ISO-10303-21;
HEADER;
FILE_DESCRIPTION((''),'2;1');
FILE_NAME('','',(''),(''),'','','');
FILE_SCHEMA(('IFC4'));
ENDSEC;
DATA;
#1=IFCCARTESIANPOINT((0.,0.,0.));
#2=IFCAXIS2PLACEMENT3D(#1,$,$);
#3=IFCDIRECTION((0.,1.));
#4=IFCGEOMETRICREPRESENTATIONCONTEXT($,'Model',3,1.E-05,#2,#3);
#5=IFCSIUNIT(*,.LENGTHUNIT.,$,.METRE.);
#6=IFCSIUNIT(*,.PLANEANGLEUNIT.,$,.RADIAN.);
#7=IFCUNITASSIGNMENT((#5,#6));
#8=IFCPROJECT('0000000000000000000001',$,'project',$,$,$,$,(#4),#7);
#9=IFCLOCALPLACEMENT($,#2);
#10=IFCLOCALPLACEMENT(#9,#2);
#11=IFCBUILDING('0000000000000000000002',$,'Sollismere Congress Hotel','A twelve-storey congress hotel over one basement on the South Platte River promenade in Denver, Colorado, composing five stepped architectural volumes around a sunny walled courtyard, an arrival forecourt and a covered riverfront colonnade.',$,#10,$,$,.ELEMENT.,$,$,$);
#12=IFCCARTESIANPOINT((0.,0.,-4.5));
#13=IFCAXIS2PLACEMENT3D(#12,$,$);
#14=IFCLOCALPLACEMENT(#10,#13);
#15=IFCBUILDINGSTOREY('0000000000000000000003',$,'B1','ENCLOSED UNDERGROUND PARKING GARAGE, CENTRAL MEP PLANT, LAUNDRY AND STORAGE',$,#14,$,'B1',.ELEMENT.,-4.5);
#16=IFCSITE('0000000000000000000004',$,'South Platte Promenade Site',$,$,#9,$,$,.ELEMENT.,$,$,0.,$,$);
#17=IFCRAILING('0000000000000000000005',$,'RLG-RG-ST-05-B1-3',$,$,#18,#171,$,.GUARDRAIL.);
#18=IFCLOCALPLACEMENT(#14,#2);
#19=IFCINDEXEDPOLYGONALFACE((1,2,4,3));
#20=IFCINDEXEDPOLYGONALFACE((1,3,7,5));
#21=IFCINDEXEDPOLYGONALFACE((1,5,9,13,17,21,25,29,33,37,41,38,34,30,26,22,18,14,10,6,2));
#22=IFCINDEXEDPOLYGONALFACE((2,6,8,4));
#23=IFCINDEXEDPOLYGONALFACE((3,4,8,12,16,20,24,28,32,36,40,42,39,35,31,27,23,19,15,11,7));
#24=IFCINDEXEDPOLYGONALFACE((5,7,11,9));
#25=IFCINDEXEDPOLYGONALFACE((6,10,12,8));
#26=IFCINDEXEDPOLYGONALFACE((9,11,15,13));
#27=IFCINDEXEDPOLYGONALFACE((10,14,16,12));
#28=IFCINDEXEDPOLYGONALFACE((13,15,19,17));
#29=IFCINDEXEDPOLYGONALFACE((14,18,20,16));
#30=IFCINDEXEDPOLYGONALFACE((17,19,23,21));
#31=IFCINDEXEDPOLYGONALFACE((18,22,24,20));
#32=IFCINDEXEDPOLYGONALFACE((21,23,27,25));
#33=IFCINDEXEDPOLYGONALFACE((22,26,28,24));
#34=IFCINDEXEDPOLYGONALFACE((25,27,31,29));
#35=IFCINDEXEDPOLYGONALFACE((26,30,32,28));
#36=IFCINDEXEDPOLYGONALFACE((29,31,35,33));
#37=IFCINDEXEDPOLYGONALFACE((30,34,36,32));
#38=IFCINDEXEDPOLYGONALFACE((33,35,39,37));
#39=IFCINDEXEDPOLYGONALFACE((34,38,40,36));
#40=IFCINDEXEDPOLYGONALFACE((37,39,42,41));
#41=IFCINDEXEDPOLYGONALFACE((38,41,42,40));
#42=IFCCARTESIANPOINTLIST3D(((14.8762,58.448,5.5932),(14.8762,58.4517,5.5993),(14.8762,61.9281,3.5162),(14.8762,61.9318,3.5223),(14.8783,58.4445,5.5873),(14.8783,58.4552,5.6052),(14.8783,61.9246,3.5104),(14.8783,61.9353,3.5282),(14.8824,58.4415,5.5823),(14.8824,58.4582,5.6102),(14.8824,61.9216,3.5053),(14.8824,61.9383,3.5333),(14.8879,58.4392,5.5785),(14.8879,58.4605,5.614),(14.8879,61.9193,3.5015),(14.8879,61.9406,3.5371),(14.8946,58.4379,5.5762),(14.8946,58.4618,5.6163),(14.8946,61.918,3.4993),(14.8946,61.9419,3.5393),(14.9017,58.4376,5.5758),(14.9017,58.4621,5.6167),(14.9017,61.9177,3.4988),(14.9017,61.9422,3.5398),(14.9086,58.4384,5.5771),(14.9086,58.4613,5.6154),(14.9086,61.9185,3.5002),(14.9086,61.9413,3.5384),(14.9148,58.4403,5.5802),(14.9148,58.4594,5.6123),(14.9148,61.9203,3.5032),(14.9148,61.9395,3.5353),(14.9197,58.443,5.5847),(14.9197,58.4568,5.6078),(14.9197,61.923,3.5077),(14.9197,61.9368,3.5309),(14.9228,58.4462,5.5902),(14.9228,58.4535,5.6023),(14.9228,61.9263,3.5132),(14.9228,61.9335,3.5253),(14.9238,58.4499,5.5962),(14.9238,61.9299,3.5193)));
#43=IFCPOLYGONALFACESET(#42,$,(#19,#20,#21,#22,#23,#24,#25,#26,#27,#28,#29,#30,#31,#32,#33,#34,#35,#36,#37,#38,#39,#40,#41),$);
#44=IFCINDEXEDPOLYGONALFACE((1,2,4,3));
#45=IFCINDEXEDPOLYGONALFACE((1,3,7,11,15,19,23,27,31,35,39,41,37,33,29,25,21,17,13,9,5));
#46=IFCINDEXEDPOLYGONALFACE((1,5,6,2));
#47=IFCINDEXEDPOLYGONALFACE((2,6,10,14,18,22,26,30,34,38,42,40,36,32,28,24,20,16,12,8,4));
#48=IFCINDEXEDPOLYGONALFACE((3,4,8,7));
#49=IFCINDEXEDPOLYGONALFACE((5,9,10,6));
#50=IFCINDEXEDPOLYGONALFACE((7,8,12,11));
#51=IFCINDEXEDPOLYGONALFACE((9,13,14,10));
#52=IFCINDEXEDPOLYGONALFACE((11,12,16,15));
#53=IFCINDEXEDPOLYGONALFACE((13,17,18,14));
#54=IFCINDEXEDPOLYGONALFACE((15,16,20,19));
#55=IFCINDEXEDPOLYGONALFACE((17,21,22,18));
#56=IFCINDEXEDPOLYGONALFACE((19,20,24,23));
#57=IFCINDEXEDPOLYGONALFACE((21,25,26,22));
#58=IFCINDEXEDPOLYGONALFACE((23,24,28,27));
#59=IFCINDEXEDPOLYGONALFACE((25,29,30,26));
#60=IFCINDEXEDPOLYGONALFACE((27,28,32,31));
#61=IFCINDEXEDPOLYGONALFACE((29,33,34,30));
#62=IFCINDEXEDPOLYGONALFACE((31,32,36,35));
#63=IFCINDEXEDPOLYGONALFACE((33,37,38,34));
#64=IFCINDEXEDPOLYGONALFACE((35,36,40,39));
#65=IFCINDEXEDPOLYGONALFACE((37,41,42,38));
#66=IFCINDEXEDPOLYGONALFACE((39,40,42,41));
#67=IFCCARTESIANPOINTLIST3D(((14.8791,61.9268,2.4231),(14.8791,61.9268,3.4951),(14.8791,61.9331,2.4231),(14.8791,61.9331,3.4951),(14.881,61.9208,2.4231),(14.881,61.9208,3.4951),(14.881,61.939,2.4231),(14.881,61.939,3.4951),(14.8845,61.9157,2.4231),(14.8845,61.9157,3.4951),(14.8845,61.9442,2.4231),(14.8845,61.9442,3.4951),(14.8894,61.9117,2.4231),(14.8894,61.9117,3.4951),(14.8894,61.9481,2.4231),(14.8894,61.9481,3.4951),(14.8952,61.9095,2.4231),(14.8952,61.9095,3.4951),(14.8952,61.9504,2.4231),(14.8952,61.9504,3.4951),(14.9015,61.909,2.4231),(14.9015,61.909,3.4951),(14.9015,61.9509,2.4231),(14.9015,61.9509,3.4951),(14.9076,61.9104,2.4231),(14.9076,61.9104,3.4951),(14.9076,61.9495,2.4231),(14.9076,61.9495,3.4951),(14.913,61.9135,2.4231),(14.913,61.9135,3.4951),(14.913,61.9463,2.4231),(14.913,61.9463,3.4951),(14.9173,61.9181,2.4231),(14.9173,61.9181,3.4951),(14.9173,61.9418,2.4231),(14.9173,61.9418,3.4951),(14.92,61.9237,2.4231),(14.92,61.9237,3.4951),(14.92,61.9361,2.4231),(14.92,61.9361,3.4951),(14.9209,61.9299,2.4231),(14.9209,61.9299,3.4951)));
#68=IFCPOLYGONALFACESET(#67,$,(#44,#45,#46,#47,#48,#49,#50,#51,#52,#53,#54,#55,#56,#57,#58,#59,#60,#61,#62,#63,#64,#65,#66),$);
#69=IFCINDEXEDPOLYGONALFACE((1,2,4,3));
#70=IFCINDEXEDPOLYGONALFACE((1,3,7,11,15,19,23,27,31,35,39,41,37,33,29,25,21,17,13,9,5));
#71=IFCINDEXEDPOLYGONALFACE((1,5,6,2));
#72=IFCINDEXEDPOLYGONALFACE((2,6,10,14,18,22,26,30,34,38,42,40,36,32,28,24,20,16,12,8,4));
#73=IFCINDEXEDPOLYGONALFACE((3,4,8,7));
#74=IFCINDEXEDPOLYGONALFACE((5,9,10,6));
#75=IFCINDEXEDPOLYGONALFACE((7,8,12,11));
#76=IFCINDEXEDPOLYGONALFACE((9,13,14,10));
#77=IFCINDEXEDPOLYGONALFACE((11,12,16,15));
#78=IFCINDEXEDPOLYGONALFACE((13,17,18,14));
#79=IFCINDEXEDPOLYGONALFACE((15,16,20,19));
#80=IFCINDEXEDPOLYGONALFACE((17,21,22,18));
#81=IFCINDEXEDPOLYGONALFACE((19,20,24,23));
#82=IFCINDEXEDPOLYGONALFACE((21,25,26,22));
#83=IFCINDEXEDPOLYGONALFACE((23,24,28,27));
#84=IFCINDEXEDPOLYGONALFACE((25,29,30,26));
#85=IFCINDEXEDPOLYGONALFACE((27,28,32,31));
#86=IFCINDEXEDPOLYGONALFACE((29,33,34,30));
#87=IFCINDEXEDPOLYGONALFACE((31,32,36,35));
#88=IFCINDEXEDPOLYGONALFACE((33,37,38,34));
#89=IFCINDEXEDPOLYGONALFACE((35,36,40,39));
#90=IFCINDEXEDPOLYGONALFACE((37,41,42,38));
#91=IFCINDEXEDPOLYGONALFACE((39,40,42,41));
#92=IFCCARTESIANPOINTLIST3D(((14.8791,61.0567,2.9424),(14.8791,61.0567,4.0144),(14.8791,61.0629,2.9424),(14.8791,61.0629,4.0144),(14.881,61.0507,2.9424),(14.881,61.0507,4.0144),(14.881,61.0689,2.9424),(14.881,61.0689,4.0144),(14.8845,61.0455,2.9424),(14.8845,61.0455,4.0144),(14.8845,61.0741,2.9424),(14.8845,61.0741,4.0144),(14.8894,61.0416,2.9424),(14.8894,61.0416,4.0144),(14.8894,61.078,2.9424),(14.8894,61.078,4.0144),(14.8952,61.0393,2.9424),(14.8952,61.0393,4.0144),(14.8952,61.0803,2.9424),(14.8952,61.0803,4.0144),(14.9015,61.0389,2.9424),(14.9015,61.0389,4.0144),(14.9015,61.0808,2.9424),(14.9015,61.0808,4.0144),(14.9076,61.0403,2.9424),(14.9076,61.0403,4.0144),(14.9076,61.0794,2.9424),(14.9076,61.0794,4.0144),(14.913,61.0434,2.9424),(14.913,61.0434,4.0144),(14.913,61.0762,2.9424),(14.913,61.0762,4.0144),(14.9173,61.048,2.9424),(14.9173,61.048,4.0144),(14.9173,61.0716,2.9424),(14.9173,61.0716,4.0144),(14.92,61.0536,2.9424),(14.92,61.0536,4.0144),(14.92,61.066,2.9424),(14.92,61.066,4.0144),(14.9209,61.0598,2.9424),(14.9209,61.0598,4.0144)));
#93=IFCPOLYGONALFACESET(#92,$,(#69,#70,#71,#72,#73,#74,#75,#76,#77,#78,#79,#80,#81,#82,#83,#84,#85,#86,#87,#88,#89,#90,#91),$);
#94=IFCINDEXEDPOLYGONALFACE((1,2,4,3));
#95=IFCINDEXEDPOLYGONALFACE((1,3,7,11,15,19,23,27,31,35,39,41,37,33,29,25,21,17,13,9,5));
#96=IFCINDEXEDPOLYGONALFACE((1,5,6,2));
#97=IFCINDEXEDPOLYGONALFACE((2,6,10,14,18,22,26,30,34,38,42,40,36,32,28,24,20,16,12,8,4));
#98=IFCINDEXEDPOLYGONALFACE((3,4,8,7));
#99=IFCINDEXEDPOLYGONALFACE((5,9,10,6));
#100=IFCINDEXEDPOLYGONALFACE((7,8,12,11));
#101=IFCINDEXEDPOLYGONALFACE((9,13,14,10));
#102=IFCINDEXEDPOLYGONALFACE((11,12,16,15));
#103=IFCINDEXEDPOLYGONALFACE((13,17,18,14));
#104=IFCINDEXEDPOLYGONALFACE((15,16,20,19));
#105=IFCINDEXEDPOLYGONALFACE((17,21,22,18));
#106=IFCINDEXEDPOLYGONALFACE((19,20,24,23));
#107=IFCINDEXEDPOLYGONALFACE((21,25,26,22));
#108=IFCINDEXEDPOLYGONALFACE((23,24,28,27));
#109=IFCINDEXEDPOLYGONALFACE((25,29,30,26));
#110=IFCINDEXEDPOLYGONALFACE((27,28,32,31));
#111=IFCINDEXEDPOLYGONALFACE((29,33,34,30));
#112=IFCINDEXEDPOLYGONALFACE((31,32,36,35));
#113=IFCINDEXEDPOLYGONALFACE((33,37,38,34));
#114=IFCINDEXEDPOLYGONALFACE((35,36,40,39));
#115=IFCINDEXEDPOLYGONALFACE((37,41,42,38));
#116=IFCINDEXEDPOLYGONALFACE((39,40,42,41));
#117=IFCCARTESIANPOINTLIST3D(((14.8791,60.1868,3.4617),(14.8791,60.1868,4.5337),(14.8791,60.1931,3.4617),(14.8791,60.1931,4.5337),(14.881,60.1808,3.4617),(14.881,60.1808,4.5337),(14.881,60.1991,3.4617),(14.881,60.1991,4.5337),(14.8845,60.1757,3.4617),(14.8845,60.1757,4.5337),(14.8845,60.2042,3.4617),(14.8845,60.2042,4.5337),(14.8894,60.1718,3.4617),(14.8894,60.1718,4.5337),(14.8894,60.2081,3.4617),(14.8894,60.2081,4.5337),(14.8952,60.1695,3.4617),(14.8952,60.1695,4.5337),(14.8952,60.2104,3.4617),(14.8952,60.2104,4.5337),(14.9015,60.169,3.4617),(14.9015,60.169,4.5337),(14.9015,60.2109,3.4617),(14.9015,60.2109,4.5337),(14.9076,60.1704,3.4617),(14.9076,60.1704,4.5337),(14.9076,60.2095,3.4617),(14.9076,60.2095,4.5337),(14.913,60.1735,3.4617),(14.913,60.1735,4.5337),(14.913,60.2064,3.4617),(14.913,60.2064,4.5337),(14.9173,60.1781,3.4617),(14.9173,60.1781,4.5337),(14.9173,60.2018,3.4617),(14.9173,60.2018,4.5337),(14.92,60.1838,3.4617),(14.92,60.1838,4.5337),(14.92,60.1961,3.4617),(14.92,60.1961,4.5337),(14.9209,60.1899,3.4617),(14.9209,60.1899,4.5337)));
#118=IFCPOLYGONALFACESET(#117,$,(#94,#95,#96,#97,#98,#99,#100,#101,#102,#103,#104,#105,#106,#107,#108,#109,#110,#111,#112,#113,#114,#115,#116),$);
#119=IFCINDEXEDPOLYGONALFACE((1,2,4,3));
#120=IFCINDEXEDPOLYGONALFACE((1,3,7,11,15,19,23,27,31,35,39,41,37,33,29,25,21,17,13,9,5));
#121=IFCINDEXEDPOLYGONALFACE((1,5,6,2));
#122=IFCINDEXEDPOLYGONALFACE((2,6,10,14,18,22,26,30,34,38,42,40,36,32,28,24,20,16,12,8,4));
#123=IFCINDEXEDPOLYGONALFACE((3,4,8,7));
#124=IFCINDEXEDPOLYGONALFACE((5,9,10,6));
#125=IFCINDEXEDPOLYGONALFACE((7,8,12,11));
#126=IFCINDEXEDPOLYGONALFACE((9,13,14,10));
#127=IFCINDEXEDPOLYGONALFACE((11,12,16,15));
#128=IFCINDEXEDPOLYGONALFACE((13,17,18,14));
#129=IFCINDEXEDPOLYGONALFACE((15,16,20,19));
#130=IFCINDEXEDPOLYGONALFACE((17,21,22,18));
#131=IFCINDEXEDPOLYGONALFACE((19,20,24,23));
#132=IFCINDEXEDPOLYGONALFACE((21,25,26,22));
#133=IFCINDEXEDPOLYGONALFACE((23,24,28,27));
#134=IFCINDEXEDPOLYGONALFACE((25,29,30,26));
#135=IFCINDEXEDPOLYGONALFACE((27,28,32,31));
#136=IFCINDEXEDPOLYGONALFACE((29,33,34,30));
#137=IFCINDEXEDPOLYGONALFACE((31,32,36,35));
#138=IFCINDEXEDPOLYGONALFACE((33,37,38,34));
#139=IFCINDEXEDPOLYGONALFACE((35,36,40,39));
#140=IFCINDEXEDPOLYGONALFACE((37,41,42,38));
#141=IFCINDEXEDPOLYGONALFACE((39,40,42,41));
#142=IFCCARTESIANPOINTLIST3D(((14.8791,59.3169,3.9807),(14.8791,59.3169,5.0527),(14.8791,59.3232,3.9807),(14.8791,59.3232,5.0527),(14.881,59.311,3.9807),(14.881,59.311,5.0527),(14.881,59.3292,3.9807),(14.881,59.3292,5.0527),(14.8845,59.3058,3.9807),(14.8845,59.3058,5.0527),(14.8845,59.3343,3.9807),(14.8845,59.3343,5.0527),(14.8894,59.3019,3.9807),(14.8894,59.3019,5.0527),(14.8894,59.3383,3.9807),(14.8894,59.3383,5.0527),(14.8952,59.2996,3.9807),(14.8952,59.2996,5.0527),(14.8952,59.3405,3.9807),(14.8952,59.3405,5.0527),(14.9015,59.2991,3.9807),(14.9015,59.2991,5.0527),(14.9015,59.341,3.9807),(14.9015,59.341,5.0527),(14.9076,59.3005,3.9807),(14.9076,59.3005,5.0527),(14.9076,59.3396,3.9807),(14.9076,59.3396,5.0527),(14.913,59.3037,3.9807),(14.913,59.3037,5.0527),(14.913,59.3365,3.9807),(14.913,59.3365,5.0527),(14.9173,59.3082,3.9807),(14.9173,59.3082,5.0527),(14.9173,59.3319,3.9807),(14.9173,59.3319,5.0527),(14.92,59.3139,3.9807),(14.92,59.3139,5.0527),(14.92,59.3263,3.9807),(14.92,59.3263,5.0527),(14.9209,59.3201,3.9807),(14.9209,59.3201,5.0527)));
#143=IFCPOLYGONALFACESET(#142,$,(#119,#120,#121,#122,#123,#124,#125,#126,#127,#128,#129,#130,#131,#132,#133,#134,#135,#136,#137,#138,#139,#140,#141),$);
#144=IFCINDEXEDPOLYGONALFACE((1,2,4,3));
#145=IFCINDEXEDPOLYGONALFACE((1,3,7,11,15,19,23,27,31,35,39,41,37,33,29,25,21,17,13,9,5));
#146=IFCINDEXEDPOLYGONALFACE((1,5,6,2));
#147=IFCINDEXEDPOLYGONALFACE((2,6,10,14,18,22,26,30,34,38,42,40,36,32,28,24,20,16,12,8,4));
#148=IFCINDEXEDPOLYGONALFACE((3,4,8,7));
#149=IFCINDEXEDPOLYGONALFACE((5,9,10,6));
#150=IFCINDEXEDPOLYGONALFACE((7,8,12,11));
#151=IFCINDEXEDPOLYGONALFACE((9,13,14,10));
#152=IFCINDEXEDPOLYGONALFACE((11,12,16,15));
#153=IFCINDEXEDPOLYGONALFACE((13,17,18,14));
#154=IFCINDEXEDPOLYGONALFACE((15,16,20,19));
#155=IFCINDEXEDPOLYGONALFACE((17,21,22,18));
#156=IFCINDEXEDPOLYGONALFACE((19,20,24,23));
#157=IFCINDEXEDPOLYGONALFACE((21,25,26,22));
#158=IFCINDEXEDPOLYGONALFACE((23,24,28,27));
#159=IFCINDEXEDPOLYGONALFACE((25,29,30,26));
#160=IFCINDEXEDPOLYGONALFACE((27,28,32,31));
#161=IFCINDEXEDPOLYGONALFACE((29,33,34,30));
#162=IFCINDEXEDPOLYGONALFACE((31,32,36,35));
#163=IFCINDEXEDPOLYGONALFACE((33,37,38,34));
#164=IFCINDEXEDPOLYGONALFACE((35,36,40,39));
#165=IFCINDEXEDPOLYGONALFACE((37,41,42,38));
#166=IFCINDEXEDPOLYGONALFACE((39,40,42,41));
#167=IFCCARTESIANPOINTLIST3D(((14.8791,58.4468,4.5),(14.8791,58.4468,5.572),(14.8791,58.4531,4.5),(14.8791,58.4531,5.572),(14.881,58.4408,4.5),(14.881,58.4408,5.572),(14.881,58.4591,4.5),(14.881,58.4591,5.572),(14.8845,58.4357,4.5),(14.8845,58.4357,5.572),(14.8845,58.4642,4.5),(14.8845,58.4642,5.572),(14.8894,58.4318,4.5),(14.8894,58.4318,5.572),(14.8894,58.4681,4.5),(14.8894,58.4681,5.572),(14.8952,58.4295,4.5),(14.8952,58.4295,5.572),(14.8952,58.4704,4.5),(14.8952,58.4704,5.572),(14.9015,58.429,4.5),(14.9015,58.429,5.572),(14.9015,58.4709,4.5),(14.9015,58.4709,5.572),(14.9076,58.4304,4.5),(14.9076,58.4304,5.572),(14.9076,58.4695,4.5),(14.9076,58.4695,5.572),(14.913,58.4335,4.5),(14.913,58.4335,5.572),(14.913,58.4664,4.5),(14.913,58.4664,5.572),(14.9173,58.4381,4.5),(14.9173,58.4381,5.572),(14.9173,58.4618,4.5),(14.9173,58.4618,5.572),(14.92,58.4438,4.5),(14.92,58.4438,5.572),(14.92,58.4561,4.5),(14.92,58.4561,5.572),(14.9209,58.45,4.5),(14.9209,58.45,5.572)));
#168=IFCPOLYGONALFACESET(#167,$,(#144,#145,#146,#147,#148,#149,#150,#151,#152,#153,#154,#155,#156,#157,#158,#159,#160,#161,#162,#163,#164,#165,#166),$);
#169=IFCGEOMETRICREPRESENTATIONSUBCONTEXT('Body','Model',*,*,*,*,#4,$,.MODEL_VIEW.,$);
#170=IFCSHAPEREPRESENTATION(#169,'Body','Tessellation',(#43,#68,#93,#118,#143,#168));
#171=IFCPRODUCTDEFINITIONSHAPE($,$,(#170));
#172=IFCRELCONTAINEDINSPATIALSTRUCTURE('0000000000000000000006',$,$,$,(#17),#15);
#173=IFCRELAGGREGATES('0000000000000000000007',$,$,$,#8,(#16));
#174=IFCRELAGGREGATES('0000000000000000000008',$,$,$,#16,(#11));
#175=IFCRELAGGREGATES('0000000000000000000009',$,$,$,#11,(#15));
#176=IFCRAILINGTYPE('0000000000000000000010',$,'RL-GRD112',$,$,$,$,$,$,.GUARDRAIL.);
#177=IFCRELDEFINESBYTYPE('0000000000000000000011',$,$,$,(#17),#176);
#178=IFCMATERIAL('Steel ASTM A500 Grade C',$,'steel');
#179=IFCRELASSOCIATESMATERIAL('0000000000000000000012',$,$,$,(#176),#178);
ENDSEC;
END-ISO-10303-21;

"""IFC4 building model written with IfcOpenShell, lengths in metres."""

from ifc_helpers import new_model, si_unit, direction, frame, origin, origin_2d, place, context, subcontext, project, spatial, circle, extrude, material, type_object, element, save


model = new_model("IFC4")

# Units and contexts
model_context = context("Model", 3, precision=1e-05, world=origin(), true_north=direction((0.0, 1.0)))
body_context = subcontext(model_context, "Body", "Model", "MODEL_VIEW")
ifc_project = project(units=[si_unit("LENGTHUNIT", "METRE"), si_unit("PLANEANGLEUNIT", "RADIAN")], contexts=[model_context])

# Site, building, storey
site_placement = place(None, origin())
site = spatial("IfcSite", under=ifc_project, at=site_placement, Name="South Platte Promenade Site", CompositionType="ELEMENT", RefElevation=0.0)
building_placement = place(site_placement, origin())
building = spatial("IfcBuilding", under=site, at=building_placement, Name="Sollismere Congress Hotel", Description="A twelve-storey congress hotel over one basement on the South Platte River promenade in Denver, Colorado, composing five stepped architectural volumes around a sunny walled courtyard, an arrival forecourt and a covered riverfront colonnade.", CompositionType="ELEMENT")
storey_placement = place(building_placement, frame((0.0, 0.0, -4.5)))
storey = spatial("IfcBuildingStorey", under=building, at=storey_placement, Name="B1", Description="ENCLOSED UNDERGROUND PARKING GARAGE, CENTRAL MEP PLANT, LAUNDRY AND STORAGE", LongName="B1", CompositionType="ELEMENT", Elevation=-4.5)

# Railing
ifc_material_1 = material(Name="Steel ASTM A500 Grade C", Category="steel")
railing_type_1 = type_object("IfcRailingType", Name="RL-GRD112", PredefinedType="GUARDRAIL", material=ifc_material_1)
railing_1_placement = place(storey_placement, frame((14.8999, 61.9299, 2.4231)))
element("IfcRailing", 1, at=railing_1_placement, inside=storey, type_object=railing_type_1, Name="RLG-RG-ST-05-B1-3", PredefinedType="GUARDRAIL", context=body_context, shape_type="SweptSolid", body=[
    extrude(circle(Radius=0.0239, at=origin_2d()), frame((0.0, 0.0, 1.0962), z_axis=(0.0, -0.858697, 0.512483), x_axis=(1.0, 0.0, 0.0)), (0.0, 0.0, 1.0), 4.0527),
    extrude(circle(Radius=0.021, at=origin_2d()), origin(), (0.0, 0.0, 1.0), 1.072),
    extrude(circle(Radius=0.021, at=origin_2d()), frame((0.0, -0.8701, 0.5193)), (0.0, 0.0, 1.0), 1.072),
    extrude(circle(Radius=0.021, at=origin_2d()), frame((0.0, -1.74, 1.0386)), (0.0, 0.0, 1.0), 1.072),
    extrude(circle(Radius=0.021, at=origin_2d()), frame((0.0, -2.6099, 1.5576)), (0.0, 0.0, 1.0), 1.072),
    extrude(circle(Radius=0.021, at=origin_2d()), frame((0.0, -3.48, 2.0769)), (0.0, 0.0, 1.0), 1.072),
])

save(model, "model.ifc")
